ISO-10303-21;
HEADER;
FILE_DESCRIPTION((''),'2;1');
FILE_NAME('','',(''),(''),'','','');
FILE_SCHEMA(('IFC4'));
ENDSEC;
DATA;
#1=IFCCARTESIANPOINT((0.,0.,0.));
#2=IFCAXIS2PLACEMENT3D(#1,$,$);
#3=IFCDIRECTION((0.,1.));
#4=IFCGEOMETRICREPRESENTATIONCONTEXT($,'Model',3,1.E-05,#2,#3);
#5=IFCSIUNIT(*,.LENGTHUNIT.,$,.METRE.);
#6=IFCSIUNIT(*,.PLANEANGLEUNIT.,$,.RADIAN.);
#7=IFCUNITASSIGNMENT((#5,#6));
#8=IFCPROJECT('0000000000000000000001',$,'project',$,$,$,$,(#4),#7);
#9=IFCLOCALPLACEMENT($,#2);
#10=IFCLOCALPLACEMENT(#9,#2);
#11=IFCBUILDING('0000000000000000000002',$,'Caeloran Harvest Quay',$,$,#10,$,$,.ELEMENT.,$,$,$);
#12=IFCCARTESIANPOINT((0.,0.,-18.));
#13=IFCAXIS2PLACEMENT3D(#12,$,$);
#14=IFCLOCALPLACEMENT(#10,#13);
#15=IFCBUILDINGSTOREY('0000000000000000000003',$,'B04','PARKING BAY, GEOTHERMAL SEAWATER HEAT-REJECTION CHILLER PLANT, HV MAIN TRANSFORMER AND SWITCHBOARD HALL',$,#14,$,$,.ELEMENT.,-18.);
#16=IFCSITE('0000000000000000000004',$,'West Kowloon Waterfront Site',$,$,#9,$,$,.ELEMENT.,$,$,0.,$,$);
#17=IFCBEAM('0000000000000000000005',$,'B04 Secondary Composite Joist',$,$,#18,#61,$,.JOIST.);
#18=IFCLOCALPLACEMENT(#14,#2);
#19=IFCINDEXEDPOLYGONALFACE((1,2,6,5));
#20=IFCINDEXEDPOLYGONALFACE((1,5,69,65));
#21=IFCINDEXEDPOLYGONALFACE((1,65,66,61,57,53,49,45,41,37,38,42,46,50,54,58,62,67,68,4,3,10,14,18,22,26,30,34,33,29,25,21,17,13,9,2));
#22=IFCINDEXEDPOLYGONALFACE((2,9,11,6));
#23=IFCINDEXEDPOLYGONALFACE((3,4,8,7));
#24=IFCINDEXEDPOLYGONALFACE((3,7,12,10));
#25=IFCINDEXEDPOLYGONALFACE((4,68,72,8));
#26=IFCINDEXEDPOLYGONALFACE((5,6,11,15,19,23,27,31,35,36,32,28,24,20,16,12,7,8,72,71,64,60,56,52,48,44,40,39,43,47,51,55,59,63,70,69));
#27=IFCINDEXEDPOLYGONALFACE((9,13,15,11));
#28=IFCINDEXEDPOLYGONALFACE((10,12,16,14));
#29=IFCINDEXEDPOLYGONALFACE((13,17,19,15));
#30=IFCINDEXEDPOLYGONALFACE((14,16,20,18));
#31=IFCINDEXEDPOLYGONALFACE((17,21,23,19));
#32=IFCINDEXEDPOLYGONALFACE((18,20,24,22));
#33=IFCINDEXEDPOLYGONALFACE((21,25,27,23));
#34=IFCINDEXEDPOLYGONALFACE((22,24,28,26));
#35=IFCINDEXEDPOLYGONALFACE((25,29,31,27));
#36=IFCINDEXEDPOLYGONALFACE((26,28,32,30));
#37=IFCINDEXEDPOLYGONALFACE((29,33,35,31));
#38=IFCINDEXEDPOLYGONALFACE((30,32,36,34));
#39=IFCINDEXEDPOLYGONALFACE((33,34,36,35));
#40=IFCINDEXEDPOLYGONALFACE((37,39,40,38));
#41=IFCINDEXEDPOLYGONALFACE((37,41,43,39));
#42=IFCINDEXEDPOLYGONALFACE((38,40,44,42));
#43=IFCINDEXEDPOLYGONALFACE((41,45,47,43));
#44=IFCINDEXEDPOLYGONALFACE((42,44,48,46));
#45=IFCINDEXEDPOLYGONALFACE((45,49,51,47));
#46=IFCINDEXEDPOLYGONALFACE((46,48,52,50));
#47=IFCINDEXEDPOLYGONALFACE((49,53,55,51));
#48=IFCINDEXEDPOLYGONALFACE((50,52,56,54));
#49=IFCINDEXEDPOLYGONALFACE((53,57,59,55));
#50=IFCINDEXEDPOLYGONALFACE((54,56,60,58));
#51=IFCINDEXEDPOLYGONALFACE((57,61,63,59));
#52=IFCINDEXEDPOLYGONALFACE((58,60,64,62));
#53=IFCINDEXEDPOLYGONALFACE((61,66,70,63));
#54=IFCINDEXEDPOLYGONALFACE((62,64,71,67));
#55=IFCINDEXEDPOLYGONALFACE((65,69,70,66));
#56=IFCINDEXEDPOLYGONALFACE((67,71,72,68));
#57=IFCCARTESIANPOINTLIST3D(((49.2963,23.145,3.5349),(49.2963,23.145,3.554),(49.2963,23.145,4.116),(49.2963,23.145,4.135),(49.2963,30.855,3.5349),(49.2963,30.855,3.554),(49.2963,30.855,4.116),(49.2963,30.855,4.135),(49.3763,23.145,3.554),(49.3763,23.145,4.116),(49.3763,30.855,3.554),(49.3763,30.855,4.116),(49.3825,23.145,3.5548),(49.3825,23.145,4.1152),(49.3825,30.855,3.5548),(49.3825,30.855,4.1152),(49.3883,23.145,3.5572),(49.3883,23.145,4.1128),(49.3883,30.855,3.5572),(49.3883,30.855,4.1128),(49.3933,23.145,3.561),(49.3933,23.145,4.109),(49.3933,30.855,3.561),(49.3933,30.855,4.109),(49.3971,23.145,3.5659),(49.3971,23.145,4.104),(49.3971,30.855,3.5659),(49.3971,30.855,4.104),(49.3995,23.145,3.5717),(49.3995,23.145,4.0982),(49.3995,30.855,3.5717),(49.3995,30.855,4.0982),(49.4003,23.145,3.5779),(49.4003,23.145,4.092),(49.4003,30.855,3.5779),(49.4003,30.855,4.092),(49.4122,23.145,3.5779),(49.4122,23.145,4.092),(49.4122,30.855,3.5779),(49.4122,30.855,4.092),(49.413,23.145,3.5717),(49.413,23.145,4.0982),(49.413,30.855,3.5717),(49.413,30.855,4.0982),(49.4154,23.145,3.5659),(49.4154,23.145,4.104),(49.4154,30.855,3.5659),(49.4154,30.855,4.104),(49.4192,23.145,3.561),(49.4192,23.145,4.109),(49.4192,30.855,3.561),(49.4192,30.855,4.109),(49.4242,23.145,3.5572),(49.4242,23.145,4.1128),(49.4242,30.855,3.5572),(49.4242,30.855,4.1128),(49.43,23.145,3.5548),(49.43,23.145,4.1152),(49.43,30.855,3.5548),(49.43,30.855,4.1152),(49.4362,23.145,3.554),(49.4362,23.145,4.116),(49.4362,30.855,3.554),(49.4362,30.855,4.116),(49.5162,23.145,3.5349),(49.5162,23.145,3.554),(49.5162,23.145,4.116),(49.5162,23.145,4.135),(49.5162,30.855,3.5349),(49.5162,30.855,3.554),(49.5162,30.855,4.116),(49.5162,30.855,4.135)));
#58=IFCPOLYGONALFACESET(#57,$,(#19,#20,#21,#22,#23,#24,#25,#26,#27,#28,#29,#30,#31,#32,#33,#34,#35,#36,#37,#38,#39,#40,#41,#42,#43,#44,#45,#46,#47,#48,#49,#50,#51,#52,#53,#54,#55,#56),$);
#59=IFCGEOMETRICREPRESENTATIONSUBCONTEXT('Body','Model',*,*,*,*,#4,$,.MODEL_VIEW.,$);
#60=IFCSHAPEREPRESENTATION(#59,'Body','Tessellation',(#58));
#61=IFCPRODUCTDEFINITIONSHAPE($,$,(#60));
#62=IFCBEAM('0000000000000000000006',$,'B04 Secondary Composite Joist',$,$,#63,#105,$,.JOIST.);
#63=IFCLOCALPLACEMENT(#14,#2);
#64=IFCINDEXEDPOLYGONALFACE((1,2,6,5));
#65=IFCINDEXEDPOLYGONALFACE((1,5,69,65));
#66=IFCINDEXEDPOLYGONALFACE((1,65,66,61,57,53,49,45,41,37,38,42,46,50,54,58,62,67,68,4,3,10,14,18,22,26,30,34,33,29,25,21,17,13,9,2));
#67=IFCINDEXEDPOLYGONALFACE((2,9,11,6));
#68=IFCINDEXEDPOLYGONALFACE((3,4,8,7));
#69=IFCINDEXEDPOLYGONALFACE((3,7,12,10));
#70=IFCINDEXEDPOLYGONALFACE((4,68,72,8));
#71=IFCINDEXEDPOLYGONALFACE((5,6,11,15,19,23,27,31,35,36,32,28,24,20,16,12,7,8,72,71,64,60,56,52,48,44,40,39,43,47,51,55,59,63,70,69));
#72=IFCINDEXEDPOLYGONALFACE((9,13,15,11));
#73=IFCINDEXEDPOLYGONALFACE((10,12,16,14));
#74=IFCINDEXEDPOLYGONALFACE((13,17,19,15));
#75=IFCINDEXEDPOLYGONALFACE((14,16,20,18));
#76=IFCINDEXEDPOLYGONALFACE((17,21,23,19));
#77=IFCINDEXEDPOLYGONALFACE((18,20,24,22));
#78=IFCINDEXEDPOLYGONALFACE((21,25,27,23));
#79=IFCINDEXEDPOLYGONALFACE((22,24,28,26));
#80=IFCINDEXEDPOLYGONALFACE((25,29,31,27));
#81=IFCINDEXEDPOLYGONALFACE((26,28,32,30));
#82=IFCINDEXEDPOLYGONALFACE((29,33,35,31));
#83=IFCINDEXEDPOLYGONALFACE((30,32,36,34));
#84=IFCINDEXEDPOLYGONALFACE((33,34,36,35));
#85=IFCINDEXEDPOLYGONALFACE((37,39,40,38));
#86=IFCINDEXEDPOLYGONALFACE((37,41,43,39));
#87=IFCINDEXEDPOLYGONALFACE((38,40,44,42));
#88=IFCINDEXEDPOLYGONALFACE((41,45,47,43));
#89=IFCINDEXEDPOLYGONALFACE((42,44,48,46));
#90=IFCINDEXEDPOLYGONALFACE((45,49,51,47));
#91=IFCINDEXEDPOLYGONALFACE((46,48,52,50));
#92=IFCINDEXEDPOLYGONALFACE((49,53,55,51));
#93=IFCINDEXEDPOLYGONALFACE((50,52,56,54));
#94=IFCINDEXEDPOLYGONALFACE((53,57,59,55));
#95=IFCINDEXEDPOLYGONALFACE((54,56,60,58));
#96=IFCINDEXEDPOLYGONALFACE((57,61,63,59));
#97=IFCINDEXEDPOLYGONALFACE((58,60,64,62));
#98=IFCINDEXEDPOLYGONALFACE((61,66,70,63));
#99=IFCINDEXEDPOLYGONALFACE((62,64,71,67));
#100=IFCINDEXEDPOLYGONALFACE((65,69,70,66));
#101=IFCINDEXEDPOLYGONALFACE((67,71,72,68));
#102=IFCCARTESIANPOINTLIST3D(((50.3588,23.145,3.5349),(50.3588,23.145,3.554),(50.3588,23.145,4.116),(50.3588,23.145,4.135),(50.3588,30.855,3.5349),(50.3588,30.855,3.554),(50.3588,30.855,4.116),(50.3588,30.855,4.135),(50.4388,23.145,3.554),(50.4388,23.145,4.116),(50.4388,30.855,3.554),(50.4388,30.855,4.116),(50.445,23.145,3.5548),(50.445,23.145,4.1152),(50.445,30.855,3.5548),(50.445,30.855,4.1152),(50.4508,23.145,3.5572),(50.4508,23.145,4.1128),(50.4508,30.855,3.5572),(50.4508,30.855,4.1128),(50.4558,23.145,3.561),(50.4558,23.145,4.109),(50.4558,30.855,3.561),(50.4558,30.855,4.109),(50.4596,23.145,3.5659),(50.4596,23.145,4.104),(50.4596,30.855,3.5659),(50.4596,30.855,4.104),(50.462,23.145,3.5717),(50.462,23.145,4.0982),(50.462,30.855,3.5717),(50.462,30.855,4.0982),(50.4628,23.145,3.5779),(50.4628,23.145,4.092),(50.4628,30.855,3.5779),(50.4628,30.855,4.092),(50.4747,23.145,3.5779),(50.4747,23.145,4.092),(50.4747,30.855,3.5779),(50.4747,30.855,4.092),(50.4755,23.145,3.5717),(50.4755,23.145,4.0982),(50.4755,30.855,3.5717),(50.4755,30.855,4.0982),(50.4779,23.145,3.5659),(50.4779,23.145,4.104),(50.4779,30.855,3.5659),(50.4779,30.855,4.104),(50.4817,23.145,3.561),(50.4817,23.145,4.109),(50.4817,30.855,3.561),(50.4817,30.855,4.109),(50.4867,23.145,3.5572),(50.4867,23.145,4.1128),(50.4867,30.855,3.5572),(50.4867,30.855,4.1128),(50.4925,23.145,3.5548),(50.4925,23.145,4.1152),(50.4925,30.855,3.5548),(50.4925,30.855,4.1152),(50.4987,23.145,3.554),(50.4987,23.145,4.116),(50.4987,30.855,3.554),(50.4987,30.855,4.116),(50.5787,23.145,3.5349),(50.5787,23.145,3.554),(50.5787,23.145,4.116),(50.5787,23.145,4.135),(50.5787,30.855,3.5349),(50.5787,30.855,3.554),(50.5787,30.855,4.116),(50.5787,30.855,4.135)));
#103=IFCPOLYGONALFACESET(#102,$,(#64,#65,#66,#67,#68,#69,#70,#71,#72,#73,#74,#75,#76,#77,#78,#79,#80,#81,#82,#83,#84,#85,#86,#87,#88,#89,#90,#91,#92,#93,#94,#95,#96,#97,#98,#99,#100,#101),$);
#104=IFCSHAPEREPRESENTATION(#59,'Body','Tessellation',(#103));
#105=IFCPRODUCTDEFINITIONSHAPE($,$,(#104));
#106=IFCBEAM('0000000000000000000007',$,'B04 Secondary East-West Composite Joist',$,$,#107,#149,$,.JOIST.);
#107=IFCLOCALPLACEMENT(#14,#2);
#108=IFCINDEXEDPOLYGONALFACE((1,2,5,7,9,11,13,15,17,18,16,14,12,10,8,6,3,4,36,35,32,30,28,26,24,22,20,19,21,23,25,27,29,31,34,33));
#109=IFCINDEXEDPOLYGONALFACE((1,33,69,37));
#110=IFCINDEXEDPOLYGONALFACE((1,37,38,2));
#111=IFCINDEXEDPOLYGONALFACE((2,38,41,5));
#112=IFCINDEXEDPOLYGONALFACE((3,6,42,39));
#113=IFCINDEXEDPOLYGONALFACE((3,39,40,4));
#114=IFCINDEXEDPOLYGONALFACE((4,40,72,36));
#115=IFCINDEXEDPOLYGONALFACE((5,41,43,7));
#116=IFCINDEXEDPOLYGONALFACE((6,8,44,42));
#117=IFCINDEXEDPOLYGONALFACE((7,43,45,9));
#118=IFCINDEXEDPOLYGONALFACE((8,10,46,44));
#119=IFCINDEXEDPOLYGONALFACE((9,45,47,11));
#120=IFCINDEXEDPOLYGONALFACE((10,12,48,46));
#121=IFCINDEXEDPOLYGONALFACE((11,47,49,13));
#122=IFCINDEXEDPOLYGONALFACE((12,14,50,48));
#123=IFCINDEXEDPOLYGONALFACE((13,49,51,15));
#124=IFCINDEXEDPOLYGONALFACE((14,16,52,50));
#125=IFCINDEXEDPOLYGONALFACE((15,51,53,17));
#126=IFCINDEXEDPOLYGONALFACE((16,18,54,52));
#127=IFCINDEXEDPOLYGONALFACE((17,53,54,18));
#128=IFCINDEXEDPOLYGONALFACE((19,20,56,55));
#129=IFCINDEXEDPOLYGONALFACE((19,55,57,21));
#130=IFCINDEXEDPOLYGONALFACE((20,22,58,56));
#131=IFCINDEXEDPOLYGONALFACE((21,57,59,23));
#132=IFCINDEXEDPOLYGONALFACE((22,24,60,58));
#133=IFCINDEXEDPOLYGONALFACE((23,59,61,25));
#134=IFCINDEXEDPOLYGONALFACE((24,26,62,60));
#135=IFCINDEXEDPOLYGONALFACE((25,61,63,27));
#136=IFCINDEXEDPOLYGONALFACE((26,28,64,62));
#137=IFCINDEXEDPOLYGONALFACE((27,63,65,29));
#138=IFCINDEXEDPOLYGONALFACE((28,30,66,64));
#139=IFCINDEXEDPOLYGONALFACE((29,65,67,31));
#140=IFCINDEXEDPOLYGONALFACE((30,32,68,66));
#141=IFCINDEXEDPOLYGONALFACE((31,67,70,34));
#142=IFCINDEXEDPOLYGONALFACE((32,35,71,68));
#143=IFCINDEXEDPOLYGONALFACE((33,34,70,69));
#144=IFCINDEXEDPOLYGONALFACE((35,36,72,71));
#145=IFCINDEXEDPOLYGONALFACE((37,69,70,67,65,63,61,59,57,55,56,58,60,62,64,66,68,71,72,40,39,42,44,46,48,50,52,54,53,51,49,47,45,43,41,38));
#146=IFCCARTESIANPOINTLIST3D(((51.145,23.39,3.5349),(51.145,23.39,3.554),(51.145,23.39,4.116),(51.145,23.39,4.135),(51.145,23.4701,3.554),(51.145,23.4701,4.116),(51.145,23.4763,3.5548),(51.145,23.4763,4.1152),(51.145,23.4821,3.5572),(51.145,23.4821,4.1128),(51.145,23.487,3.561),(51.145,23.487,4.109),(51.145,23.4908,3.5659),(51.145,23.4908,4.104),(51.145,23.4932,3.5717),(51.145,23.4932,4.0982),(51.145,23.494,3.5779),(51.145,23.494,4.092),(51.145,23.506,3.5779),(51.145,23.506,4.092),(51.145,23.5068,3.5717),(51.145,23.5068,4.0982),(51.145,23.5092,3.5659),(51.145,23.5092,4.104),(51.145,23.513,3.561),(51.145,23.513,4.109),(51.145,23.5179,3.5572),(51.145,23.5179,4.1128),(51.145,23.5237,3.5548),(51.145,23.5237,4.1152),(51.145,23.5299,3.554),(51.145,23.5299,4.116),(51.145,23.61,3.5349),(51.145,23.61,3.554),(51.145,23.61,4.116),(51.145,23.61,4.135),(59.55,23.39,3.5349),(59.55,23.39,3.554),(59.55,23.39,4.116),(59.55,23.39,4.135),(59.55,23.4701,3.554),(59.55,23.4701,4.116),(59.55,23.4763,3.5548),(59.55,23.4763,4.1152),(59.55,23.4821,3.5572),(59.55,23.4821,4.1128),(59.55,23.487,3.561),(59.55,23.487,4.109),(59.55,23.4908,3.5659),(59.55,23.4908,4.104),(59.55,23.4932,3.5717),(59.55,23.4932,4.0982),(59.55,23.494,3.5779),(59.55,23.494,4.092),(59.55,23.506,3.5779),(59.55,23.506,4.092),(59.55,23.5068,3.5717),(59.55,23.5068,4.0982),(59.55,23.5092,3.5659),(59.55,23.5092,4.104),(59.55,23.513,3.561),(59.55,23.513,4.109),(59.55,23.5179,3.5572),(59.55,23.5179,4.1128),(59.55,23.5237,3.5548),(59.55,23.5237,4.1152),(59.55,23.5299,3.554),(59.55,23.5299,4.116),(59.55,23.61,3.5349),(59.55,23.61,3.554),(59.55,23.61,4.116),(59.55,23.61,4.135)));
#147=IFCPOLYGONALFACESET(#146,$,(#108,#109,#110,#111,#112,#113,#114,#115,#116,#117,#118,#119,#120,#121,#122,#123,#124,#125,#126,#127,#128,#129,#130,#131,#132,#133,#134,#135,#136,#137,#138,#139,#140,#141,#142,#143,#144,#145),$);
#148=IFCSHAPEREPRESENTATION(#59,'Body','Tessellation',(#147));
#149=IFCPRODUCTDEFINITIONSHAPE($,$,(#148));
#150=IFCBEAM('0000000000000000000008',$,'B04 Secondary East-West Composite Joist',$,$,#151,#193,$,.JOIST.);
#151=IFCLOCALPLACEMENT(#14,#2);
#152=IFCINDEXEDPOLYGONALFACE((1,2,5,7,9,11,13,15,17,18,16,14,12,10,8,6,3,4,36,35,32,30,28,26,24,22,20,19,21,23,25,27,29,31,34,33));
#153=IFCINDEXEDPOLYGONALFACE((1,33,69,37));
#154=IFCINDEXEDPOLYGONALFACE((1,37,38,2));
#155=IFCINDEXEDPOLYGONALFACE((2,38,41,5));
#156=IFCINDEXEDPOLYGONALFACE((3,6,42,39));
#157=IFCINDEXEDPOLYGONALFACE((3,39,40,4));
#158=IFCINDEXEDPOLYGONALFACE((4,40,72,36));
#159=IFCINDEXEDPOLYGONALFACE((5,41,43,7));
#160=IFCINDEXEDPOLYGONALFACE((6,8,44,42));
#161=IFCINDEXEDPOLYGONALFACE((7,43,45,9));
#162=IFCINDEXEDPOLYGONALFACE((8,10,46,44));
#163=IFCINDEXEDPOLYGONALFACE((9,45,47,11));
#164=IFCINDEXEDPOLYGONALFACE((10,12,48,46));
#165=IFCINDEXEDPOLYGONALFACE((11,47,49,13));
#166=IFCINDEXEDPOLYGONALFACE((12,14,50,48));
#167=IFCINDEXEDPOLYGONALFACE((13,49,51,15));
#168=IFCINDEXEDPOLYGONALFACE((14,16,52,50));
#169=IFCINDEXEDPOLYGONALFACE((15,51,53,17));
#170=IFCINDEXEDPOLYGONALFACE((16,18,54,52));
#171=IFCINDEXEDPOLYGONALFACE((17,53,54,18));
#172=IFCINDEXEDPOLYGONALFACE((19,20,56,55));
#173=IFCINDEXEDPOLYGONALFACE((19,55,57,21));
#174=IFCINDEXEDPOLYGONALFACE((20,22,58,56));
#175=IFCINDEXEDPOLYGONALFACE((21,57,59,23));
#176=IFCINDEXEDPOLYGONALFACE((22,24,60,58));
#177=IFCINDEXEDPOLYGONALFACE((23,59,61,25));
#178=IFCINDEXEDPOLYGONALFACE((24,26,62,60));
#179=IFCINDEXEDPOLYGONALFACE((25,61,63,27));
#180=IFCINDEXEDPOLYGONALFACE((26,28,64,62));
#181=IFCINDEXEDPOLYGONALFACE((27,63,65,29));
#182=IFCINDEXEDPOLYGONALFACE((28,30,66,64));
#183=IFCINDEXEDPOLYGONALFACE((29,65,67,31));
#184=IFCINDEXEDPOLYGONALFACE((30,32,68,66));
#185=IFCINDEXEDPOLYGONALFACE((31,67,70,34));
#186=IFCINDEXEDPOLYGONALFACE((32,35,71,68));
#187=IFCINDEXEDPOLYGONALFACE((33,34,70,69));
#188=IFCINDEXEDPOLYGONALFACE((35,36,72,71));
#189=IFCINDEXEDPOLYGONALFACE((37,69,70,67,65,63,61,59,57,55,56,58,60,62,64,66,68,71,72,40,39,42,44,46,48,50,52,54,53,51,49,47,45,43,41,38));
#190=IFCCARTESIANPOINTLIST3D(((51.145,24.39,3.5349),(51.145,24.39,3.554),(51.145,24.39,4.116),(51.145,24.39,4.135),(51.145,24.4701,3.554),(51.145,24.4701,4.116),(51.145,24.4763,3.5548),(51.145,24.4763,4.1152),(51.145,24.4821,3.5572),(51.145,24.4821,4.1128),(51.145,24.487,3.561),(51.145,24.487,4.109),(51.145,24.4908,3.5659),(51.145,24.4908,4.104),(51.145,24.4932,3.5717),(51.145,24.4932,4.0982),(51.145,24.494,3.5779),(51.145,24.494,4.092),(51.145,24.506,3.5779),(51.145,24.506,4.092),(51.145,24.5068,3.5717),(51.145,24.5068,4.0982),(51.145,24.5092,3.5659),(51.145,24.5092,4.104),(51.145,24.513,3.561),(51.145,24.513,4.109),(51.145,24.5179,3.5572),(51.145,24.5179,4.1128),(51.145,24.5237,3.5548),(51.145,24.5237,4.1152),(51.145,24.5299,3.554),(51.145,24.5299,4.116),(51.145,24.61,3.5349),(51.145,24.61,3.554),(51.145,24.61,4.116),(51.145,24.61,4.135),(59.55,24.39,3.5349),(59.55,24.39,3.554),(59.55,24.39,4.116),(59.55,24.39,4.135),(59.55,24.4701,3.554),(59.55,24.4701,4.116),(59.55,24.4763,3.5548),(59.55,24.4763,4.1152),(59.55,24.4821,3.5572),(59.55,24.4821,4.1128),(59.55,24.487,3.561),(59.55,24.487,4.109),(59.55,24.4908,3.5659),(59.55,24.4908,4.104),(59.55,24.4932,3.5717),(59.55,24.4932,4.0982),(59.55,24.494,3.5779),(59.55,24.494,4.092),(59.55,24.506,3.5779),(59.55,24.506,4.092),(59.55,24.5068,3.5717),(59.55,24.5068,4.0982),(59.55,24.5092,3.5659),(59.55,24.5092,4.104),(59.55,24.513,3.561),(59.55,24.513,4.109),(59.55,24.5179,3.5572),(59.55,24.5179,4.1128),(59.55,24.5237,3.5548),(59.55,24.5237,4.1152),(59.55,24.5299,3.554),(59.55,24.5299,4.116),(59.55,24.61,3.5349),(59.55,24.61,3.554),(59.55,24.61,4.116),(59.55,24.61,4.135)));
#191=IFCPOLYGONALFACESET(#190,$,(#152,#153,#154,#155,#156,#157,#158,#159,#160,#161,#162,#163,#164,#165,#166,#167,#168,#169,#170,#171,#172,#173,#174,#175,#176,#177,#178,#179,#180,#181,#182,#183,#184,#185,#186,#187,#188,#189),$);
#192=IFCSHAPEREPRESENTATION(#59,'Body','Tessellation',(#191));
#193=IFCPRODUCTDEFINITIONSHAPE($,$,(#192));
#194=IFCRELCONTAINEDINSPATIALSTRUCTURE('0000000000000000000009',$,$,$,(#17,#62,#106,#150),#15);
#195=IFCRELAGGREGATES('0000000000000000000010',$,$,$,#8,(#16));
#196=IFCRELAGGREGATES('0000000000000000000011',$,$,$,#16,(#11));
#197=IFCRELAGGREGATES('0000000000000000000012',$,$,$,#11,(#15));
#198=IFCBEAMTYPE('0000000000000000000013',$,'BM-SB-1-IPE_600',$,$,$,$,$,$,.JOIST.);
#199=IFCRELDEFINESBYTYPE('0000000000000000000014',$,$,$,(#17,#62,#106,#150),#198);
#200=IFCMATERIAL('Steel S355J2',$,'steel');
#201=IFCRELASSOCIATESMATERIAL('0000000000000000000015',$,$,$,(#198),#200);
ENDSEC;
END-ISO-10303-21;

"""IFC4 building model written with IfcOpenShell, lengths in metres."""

from ifc_helpers import new_model, si_unit, direction, frame, origin, origin_2d, place, context, subcontext, project, spatial, i_section, extrude, material, material_profile, profile_set, type_object, element, save


model = new_model("IFC4")

# Units and contexts
model_context = context("Model", 3, precision=1e-05, world=origin(), true_north=direction((0.0, 1.0)))
body_context = subcontext(model_context, "Body", "Model", "MODEL_VIEW")
ifc_project = project(units=[si_unit("LENGTHUNIT", "METRE"), si_unit("PLANEANGLEUNIT", "RADIAN")], contexts=[model_context])

# Site, building, storey
site_placement = place(None, origin())
site = spatial("IfcSite", under=ifc_project, at=site_placement, Name="West Kowloon Waterfront Site", CompositionType="ELEMENT", RefElevation=0.0)
building_placement = place(site_placement, origin())
building = spatial("IfcBuilding", under=site, at=building_placement, Name="Caeloran Harvest Quay", CompositionType="ELEMENT")
storey_placement = place(building_placement, frame((0.0, 0.0, -18.0)))
storey = spatial("IfcBuildingStorey", under=building, at=storey_placement, Name="B04", Description="PARKING BAY, GEOTHERMAL SEAWATER HEAT-REJECTION CHILLER PLANT, HV MAIN TRANSFORMER AND SWITCHBOARD HALL", CompositionType="ELEMENT", Elevation=-18.0)

# Beams
ifc_material_1 = material(Name="Steel S355J2", Category="steel")
ifc_material_profile_1 = material_profile(ifc_material_1, i_section(OverallWidth=0.22, OverallDepth=0.6001, WebThickness=0.012, FlangeThickness=0.019, FilletRadius=0.0239, at=origin_2d()), Name="IPE 600")
ifc_profile_set_1 = profile_set([ifc_material_profile_1], Name="Steel S355J2")
beam_type_1 = type_object("IfcBeamType", Name="BM-SB-1-IPE_600", PredefinedType="JOIST", material=ifc_profile_set_1)
for number, where, z_axis, x_axis, name in (
    (1, (49.4062, 23.145, 3.835), (0.0, 1.0, 0.0), (-1.0, 0.0, 0.0), "B04 Secondary Composite Joist"),
    (2, (50.4688, 23.145, 3.835), (0.0, 1.0, 0.0), (-1.0, 0.0, 0.0), "B04 Secondary Composite Joist"),
):
    element("IfcBeam", number, at=place(storey_placement, frame(where, z_axis=z_axis, x_axis=x_axis)), inside=storey, type_object=beam_type_1, Name=name, PredefinedType="JOIST", context=body_context, shape_type="SweptSolid", body=[
        extrude(i_section(OverallWidth=0.22, OverallDepth=0.6001, WebThickness=0.012, FlangeThickness=0.019, FilletRadius=0.0239, at=origin_2d()), origin(), (0.0, 0.0, 1.0), 7.71),
    ])
for number, where, z_axis, x_axis, name in (
    (3, (51.145, 23.5, 3.835), (1.0, 0.0, 0.0), (0.0, 1.0, 0.0), "B04 Secondary East-West Composite Joist"),
    (4, (51.145, 24.5, 3.835), (1.0, 0.0, 0.0), (0.0, 1.0, 0.0), "B04 Secondary East-West Composite Joist"),
):
    element("IfcBeam", number, at=place(storey_placement, frame(where, z_axis=z_axis, x_axis=x_axis)), inside=storey, type_object=beam_type_1, Name=name, PredefinedType="JOIST", context=body_context, shape_type="SweptSolid", body=[
        extrude(i_section(OverallWidth=0.22, OverallDepth=0.6001, WebThickness=0.012, FlangeThickness=0.019, FilletRadius=0.0239, at=origin_2d()), origin(), (0.0, 0.0, 1.0), 8.405),
    ])

save(model, "model.ifc")
